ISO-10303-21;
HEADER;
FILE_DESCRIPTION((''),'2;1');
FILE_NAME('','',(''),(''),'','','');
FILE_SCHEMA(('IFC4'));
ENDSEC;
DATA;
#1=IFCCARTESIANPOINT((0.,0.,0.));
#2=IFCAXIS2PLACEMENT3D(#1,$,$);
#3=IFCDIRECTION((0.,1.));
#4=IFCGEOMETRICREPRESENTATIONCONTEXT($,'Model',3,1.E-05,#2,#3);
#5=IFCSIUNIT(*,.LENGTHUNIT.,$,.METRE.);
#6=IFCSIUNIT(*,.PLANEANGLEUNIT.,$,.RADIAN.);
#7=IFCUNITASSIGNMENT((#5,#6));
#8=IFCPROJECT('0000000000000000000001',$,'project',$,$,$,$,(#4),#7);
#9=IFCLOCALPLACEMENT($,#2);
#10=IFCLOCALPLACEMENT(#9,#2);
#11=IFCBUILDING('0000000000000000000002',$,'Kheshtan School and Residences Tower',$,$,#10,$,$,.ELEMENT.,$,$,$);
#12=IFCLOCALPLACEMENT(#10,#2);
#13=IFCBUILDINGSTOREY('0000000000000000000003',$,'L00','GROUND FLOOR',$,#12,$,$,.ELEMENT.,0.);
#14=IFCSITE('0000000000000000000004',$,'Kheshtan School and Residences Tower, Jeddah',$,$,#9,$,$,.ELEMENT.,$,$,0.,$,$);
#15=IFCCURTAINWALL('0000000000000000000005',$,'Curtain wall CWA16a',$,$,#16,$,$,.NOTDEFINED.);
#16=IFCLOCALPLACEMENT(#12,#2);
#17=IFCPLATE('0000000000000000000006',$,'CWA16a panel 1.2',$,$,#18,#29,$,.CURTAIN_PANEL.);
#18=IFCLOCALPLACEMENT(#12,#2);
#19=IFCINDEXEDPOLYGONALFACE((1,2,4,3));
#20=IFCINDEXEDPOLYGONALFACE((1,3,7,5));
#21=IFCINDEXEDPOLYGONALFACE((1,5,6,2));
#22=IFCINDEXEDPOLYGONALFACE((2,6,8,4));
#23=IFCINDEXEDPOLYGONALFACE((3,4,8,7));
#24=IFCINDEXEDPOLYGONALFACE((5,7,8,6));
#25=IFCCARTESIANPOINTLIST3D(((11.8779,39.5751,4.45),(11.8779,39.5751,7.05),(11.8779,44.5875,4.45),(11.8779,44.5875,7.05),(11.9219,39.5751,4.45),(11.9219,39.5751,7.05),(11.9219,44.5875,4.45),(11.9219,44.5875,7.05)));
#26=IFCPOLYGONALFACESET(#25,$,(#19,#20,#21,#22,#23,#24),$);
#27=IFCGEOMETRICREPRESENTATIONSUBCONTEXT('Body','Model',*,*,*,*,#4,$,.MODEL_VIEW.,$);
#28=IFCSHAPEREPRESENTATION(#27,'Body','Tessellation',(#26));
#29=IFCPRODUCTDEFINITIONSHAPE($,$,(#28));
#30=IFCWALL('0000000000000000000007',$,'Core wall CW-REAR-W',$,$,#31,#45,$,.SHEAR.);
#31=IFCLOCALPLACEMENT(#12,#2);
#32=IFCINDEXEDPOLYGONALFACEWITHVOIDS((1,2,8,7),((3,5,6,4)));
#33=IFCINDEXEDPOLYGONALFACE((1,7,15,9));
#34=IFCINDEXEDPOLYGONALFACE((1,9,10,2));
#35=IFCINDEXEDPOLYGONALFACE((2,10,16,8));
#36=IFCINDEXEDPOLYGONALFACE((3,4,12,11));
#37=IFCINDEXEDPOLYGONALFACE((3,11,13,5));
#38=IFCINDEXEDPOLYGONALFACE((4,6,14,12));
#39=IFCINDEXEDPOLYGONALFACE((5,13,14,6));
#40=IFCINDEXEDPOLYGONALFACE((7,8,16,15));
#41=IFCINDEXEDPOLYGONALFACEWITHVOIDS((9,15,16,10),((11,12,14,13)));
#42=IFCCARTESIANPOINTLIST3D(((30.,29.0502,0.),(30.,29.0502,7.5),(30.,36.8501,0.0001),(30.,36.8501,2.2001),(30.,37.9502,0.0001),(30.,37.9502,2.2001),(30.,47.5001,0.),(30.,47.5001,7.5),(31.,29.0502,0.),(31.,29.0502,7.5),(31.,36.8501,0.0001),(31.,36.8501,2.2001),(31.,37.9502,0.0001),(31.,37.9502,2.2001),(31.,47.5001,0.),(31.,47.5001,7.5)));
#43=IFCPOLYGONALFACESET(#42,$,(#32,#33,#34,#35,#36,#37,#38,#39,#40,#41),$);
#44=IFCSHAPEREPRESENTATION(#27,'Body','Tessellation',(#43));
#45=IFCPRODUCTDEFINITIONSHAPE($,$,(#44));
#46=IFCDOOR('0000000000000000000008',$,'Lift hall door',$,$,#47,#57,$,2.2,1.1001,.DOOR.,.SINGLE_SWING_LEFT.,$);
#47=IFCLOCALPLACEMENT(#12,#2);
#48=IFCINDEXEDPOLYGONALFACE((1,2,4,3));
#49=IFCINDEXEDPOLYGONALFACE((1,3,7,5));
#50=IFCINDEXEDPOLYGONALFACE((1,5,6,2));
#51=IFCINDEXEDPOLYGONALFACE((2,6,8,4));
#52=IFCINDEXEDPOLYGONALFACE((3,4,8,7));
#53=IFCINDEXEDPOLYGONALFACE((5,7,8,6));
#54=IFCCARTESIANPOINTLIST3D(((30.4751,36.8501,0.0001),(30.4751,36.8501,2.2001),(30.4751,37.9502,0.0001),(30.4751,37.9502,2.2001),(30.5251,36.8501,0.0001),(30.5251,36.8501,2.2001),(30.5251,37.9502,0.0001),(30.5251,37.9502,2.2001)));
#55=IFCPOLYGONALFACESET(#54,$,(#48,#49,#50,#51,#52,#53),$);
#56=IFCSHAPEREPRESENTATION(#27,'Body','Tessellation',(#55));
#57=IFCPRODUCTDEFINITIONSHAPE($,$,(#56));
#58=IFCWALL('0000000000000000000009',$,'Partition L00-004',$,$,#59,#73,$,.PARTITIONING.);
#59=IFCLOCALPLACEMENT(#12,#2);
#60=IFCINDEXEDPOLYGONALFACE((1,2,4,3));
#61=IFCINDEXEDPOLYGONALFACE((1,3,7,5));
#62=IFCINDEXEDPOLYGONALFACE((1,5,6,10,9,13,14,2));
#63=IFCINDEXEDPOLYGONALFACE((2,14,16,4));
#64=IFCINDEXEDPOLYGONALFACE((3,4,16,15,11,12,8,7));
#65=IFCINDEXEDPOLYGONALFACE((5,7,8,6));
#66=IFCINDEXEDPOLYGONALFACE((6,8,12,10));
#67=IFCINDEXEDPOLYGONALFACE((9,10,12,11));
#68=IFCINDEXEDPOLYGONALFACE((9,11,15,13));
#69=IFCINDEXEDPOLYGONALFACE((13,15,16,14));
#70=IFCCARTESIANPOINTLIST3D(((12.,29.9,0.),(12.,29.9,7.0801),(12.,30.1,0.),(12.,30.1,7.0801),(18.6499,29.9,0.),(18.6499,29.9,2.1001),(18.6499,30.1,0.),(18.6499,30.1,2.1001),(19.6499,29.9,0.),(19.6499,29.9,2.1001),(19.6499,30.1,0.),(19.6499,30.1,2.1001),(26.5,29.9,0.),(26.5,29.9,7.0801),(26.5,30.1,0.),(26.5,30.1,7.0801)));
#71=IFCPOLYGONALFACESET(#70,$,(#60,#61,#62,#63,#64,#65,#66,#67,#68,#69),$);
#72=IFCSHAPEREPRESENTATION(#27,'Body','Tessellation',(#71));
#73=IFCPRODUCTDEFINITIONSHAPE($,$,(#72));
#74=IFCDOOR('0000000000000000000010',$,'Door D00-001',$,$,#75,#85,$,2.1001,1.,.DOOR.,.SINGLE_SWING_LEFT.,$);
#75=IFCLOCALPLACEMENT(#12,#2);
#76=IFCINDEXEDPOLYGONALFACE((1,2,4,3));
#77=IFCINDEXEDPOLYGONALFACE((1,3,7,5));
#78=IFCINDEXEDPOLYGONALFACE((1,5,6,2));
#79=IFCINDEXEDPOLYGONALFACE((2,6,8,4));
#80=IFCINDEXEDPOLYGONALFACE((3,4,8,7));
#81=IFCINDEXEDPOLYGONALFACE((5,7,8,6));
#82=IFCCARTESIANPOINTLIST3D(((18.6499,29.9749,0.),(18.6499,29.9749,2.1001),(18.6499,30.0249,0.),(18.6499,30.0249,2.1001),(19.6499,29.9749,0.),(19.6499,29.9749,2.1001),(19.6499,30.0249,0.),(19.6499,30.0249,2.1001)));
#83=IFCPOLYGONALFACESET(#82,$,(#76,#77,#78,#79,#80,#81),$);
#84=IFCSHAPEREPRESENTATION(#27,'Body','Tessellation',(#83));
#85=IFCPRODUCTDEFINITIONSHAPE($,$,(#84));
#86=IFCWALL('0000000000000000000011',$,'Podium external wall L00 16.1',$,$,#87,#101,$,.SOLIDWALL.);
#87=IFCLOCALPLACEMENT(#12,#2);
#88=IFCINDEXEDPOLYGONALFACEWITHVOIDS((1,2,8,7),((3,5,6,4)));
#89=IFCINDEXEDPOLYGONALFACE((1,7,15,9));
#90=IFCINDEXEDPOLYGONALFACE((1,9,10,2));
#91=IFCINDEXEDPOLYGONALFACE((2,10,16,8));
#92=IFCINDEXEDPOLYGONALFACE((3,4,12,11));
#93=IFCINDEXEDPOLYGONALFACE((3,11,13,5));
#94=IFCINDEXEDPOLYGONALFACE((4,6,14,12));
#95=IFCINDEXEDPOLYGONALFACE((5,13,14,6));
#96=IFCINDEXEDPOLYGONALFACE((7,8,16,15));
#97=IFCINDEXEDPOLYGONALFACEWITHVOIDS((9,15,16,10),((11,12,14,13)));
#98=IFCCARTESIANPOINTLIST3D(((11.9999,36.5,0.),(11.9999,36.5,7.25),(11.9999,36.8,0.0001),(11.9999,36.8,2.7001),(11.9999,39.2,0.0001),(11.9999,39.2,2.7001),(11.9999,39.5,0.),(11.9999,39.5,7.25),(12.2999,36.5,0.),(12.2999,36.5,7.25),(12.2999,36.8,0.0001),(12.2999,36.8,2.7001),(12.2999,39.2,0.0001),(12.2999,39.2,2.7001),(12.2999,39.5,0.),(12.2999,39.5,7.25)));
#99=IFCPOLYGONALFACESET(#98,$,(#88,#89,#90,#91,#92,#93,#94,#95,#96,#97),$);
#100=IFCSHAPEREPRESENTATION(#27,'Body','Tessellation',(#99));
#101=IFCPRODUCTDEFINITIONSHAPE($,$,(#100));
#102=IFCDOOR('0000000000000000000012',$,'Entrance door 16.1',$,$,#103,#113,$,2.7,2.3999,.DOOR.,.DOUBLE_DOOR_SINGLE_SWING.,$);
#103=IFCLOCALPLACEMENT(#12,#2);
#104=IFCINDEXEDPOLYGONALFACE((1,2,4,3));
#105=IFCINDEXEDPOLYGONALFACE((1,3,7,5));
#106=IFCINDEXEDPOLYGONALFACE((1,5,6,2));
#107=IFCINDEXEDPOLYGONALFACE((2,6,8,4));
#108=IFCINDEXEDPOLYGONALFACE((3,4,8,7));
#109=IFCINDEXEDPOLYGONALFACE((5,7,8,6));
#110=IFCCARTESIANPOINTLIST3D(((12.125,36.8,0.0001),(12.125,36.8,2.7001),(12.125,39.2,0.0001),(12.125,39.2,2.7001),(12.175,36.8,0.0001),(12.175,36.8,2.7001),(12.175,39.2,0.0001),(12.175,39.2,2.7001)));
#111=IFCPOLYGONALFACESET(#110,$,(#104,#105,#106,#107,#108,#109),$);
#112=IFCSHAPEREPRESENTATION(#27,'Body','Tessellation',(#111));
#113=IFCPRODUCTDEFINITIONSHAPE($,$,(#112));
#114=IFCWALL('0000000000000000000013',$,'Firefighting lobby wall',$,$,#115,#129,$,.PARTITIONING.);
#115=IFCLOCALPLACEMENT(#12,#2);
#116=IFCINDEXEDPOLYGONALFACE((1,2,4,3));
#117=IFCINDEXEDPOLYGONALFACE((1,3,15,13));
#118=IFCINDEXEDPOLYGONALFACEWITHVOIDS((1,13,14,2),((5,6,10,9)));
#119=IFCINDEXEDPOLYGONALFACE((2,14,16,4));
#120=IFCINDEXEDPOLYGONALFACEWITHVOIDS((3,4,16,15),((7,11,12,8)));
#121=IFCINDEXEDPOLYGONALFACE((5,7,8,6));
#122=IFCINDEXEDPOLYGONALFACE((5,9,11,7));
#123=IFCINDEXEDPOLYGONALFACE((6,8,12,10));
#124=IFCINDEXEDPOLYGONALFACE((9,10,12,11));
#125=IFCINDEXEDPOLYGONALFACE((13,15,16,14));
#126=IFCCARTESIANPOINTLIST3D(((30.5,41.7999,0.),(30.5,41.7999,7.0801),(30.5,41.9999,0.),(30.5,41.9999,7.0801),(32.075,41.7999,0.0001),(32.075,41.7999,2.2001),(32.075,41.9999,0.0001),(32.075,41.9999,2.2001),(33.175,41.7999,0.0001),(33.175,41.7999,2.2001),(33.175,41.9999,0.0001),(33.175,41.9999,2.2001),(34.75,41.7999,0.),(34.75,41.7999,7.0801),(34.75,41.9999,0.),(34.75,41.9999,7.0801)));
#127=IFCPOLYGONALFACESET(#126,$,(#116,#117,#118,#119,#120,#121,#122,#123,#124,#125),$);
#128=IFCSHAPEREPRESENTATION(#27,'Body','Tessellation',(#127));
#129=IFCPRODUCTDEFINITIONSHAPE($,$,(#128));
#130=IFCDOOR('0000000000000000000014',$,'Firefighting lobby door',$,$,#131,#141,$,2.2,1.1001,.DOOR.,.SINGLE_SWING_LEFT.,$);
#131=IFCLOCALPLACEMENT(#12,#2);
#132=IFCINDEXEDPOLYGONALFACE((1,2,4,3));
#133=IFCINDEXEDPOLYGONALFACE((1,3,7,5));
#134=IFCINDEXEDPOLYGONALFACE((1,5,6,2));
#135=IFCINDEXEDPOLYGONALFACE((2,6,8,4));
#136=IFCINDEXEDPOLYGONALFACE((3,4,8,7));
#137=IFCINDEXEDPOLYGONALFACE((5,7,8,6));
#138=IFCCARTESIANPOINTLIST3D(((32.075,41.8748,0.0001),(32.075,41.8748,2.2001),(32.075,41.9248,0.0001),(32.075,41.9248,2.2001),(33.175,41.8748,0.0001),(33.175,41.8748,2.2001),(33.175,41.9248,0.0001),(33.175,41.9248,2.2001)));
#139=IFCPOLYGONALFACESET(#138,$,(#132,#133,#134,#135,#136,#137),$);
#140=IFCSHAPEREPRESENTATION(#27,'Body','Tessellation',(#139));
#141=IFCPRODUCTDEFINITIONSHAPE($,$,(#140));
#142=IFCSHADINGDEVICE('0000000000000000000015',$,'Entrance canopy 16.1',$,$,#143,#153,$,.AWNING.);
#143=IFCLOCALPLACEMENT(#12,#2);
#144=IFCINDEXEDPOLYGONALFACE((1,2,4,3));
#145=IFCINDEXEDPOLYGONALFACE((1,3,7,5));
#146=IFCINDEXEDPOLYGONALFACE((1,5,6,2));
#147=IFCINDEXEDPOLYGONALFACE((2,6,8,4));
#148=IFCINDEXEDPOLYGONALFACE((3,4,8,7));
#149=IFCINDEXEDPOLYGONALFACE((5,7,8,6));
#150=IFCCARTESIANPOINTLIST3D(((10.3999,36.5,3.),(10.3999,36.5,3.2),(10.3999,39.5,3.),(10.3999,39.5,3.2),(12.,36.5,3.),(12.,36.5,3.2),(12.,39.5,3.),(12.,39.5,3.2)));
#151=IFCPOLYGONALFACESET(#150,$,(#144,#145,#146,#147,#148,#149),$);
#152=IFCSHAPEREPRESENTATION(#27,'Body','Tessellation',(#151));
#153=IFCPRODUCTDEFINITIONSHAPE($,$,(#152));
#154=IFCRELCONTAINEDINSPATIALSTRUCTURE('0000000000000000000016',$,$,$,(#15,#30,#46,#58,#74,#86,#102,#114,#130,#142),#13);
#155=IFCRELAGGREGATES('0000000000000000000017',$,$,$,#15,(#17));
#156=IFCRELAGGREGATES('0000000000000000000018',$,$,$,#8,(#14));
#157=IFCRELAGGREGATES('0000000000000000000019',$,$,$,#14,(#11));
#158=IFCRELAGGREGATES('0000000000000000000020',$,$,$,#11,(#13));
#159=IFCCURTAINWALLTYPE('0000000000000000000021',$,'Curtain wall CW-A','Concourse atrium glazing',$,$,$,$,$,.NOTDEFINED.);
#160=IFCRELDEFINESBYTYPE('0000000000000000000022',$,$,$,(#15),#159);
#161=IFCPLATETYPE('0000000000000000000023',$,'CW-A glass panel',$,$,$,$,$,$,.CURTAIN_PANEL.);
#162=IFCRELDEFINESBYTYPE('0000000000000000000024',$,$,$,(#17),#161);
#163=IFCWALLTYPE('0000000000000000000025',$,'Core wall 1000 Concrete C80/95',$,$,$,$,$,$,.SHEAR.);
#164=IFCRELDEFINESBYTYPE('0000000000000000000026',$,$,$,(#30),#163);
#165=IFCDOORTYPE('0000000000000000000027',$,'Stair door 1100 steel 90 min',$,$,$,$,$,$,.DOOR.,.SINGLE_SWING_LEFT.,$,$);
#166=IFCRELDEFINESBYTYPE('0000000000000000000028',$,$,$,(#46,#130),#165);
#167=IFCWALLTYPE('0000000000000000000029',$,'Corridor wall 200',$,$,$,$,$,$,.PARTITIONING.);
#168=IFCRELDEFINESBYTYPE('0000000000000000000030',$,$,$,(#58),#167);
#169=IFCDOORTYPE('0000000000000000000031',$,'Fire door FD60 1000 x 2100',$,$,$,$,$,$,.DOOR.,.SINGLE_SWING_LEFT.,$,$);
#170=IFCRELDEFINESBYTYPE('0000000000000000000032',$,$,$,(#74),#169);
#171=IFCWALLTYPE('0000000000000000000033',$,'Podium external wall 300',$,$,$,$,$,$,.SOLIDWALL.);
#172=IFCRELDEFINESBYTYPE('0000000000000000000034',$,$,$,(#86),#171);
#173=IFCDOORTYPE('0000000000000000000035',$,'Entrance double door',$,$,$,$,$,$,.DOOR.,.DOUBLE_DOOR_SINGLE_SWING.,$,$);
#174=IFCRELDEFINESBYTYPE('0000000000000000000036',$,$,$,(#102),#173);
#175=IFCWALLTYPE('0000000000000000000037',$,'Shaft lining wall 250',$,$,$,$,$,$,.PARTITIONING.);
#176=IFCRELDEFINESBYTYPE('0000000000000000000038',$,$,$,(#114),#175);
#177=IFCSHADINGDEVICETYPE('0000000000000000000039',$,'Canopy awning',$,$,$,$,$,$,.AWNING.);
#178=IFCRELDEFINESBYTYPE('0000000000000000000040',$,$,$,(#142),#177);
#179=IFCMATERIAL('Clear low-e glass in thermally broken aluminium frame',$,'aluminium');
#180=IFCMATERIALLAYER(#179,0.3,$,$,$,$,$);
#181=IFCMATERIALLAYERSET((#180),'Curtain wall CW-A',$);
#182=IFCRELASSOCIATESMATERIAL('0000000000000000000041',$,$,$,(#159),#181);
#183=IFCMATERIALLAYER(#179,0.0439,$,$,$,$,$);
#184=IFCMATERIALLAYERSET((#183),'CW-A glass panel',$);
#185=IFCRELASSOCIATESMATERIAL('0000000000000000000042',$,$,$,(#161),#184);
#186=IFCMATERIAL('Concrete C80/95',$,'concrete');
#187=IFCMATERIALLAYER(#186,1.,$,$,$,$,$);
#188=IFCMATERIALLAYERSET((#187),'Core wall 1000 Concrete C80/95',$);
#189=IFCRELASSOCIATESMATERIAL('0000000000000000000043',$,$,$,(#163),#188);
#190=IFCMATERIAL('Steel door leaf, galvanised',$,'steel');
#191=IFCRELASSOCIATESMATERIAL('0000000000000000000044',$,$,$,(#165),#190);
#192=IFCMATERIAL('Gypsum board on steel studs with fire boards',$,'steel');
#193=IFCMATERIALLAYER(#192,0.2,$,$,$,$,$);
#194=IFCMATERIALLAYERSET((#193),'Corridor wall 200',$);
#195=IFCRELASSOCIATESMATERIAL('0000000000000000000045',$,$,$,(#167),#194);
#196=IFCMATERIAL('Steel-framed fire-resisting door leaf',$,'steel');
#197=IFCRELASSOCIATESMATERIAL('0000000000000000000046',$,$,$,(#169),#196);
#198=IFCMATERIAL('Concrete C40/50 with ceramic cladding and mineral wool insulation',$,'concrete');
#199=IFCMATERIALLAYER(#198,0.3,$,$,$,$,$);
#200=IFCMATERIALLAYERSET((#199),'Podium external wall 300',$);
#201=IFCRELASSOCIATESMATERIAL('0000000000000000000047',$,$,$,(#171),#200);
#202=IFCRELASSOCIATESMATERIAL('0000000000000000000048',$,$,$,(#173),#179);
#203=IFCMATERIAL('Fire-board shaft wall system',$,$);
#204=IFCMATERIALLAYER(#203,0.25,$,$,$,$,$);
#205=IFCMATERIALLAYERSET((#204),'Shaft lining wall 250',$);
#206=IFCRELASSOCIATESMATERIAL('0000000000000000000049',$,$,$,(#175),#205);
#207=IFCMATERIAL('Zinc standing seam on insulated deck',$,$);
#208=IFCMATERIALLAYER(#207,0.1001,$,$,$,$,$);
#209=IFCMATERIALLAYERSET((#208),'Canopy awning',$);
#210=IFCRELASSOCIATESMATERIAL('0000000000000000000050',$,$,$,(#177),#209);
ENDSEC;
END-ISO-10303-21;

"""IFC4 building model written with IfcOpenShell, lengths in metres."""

from ifc_helpers import new_model, si_unit, direction, frame, frame_2d, origin, origin_2d, place, context, subcontext, project, spatial, rectangle, extrude, source, transform, mapped, material, layer, layer_set, type_object, element, fill, aggregate, save


model = new_model("IFC4")

# Units and contexts
model_context = context("Model", 3, precision=1e-05, world=origin(), true_north=direction((0.0, 1.0)))
body_context = subcontext(model_context, "Body", "Model", "MODEL_VIEW")
ifc_project = project(units=[si_unit("LENGTHUNIT", "METRE"), si_unit("PLANEANGLEUNIT", "RADIAN")], contexts=[model_context])

# Site, building, storey
site_placement = place(None, origin())
site = spatial("IfcSite", under=ifc_project, at=site_placement, Name="Kheshtan School and Residences Tower, Jeddah", CompositionType="ELEMENT", RefElevation=0.0)
building_placement = place(site_placement, origin())
building = spatial("IfcBuilding", under=site, at=building_placement, Name="Kheshtan School and Residences Tower", CompositionType="ELEMENT")
storey_placement = place(building_placement, origin())
storey = spatial("IfcBuildingStorey", under=building, at=storey_placement, Name="L00", Description="GROUND FLOOR", CompositionType="ELEMENT", Elevation=0.0)

# Curtain wall
ifc_material_1 = material(Name="Clear low-e glass in thermally broken aluminium frame", Category="aluminium")
ifc_layer_1 = layer(ifc_material_1, 0.3)
ifc_layer_set_1 = layer_set([ifc_layer_1], Name="Curtain wall CW-A")
curtain_wall_type = type_object("IfcCurtainWallType", Name="Curtain wall CW-A", Description="Concourse atrium glazing", PredefinedType="NOTDEFINED", material=ifc_layer_set_1)
curtain_wall_1_placement = place(storey_placement, origin())
curtain_wall_1 = element("IfcCurtainWall", 1, at=curtain_wall_1_placement, inside=storey, type_object=curtain_wall_type, Name="Curtain wall CWA16a", PredefinedType="NOTDEFINED")

# Plate
ifc_layer_2 = layer(ifc_material_1, 0.0439)
ifc_layer_set_2 = layer_set([ifc_layer_2], Name="CW-A glass panel")
plate_type = type_object("IfcPlateType", Name="CW-A glass panel", PredefinedType="CURTAIN_PANEL", material=ifc_layer_set_2)
plate_1_placement = place(storey_placement, frame((11.8999, 42.0813, 4.45), z_axis=(0.0, 0.0, 1.0), x_axis=(0.0, 1.0, 0.0)))
plate_1 = element("IfcPlate", 2, at=plate_1_placement, type_object=plate_type, Name="CWA16a panel 1.2", PredefinedType="CURTAIN_PANEL", context=body_context, shape_type="SweptSolid", body=[
    extrude(rectangle(XDim=5.0125, YDim=0.0439, at=origin_2d()), origin(), (0.0, 0.0, 1.0), 2.6001),
])
aggregate(curtain_wall_1, [plate_1])

# Walls, openings, doors
ifc_material_2 = material(Name="Concrete C80/95", Category="concrete")
ifc_layer_3 = layer(ifc_material_2, 1.0)
ifc_layer_set_3 = layer_set([ifc_layer_3], Name="Core wall 1000 Concrete C80/95")
wall_type_1 = type_object("IfcWallType", Name="Core wall 1000 Concrete C80/95", PredefinedType="SHEAR", material=ifc_layer_set_3)
wall_1_placement = place(storey_placement, frame((30.5, 29.05, 0.0), z_axis=(0.0, 0.0, 1.0), x_axis=(0.0, 1.0, 0.0)))
wall_1 = element("IfcWall", 3, at=wall_1_placement, inside=storey, type_object=wall_type_1, Name="Core wall CW-REAR-W", PredefinedType="SHEAR", context=body_context, shape_type="SweptSolid", body=[
    extrude(rectangle(XDim=18.45, YDim=1.0, at=frame_2d((9.2251, 0.0))), origin(), (0.0, 0.0, 1.0), 7.5),
])
opening_1_placement = place(wall_1_placement, frame((7.8, 0.0, 0.0)))
opening_1 = element("IfcOpeningElement", 4, at=opening_1_placement, cuts=wall_1, PredefinedType="OPENING", context=body_context, shape_type="SweptSolid", body=[
    extrude(rectangle(XDim=1.1001, YDim=2.2, at=frame_2d((0.55, 1.1001))), frame((0.0, 0.51, 0.0), z_axis=(0.0, -1.0, 0.0), x_axis=(1.0, 0.0, 0.0)), (0.0, 0.0, 1.0), 1.02),
])
ifc_material_3 = material(Name="Steel door leaf, galvanised", Category="steel")
door_type_1 = type_object("IfcDoorType", Name="Stair door 1100 steel 90 min", OperationType="SINGLE_SWING_LEFT", PredefinedType="DOOR", material=ifc_material_3)
shared_shape_1 = source(origin(), body_context, "Body", "SweptSolid", [
    extrude(rectangle(XDim=1.1001, YDim=2.2, at=frame_2d((0.55, 1.1001))), frame((0.0, 0.0249, 0.0), z_axis=(0.0, -1.0, 0.0), x_axis=(1.0, 0.0, 0.0)), (0.0, 0.0, 1.0), 0.05),
])
door_1_placement = place(opening_1_placement, origin())
door_1 = element("IfcDoor", 5, at=door_1_placement, inside=storey, type_object=door_type_1, Name="Lift hall door", OperationType="SINGLE_SWING_LEFT", OverallHeight=2.2, OverallWidth=1.1001, PredefinedType="DOOR", context=body_context, shape_type="MappedRepresentation", body=[
    mapped(shared_shape_1, transform((0.0, 0.0, 0.0), x_axis=(1.0, 0.0, 0.0), y_axis=(0.0, 1.0, 0.0), z_axis=(0.0, 0.0, 1.0), scale=1.0)),
])
fill(opening_1, door_1)
ifc_material_4 = material(Name="Gypsum board on steel studs with fire boards", Category="steel")
ifc_layer_4 = layer(ifc_material_4, 0.2)
ifc_layer_set_4 = layer_set([ifc_layer_4], Name="Corridor wall 200")
wall_type_2 = type_object("IfcWallType", Name="Corridor wall 200", PredefinedType="PARTITIONING", material=ifc_layer_set_4)
wall_2_placement = place(storey_placement, frame((12.0, 30.0, 0.0), z_axis=(0.0, 0.0, 1.0), x_axis=(1.0, 0.0, 0.0)))
wall_2 = element("IfcWall", 6, at=wall_2_placement, inside=storey, type_object=wall_type_2, Name="Partition L00-004", PredefinedType="PARTITIONING", context=body_context, shape_type="SweptSolid", body=[
    extrude(rectangle(XDim=14.5, YDim=0.2, at=frame_2d((7.25, 0.0))), origin(), (0.0, 0.0, 1.0), 7.0801),
])
opening_2_placement = place(wall_2_placement, frame((6.6499, 0.0, 0.0)))
opening_2 = element("IfcOpeningElement", 7, at=opening_2_placement, cuts=wall_2, PredefinedType="OPENING", context=body_context, shape_type="SweptSolid", body=[
    extrude(rectangle(XDim=1.0, YDim=2.1001, at=frame_2d((0.5, 1.05))), frame((0.0, 0.1099, 0.0), z_axis=(0.0, -1.0, 0.0), x_axis=(1.0, 0.0, 0.0)), (0.0, 0.0, 1.0), 0.22),
])
ifc_material_5 = material(Name="Steel-framed fire-resisting door leaf", Category="steel")
door_type_2 = type_object("IfcDoorType", Name="Fire door FD60 1000 x 2100", OperationType="SINGLE_SWING_LEFT", PredefinedType="DOOR", material=ifc_material_5)
shared_shape_2 = source(origin(), body_context, "Body", "SweptSolid", [
    extrude(rectangle(XDim=1.0, YDim=2.1001, at=frame_2d((0.5, 1.05))), frame((0.0, 0.0249, 0.0), z_axis=(0.0, -1.0, 0.0), x_axis=(1.0, 0.0, 0.0)), (0.0, 0.0, 1.0), 0.05),
])
door_2_placement = place(opening_2_placement, origin())
door_2 = element("IfcDoor", 8, at=door_2_placement, inside=storey, type_object=door_type_2, Name="Door D00-001", OperationType="SINGLE_SWING_LEFT", OverallHeight=2.1001, OverallWidth=1.0, PredefinedType="DOOR", context=body_context, shape_type="MappedRepresentation", body=[
    mapped(shared_shape_2, transform((0.0, 0.0, 0.0), x_axis=(1.0, 0.0, 0.0), y_axis=(0.0, 1.0, 0.0), z_axis=(0.0, 0.0, 1.0), scale=1.0)),
])
fill(opening_2, door_2)
ifc_material_6 = material(Name="Concrete C40/50 with ceramic cladding and mineral wool insulation", Category="concrete")
ifc_layer_5 = layer(ifc_material_6, 0.3)
ifc_layer_set_5 = layer_set([ifc_layer_5], Name="Podium external wall 300")
wall_type_3 = type_object("IfcWallType", Name="Podium external wall 300", PredefinedType="SOLIDWALL", material=ifc_layer_set_5)
wall_3_placement = place(storey_placement, frame((12.1499, 36.5, 0.0), z_axis=(0.0, 0.0, 1.0), x_axis=(0.0, 1.0, 0.0)))
wall_3 = element("IfcWall", 9, at=wall_3_placement, inside=storey, type_object=wall_type_3, Name="Podium external wall L00 16.1", PredefinedType="SOLIDWALL", context=body_context, shape_type="SweptSolid", body=[
    extrude(rectangle(XDim=3.0, YDim=0.3, at=frame_2d((1.5, 0.0))), origin(), (0.0, 0.0, 1.0), 7.25),
])
opening_3_placement = place(wall_3_placement, frame((0.3, 0.0, 0.0)))
opening_3 = element("IfcOpeningElement", 10, at=opening_3_placement, cuts=wall_3, PredefinedType="OPENING", context=body_context, shape_type="SweptSolid", body=[
    extrude(rectangle(XDim=2.3999, YDim=2.7, at=frame_2d((1.2, 1.3501))), frame((0.0, 0.1602, 0.0), z_axis=(0.0, -1.0, 0.0), x_axis=(1.0, 0.0, 0.0)), (0.0, 0.0, 1.0), 0.3201),
])
door_type_3 = type_object("IfcDoorType", Name="Entrance double door", OperationType="DOUBLE_DOOR_SINGLE_SWING", PredefinedType="DOOR", material=ifc_material_1)
shared_shape_3 = source(origin(), body_context, "Body", "SweptSolid", [
    extrude(rectangle(XDim=2.3999, YDim=2.7, at=frame_2d((1.2, 1.3501))), frame((0.0, 0.0249, 0.0), z_axis=(0.0, -1.0, 0.0), x_axis=(1.0, 0.0, 0.0)), (0.0, 0.0, 1.0), 0.05),
])
door_3_placement = place(opening_3_placement, origin())
door_3 = element("IfcDoor", 11, at=door_3_placement, inside=storey, type_object=door_type_3, Name="Entrance door 16.1", OperationType="DOUBLE_DOOR_SINGLE_SWING", OverallHeight=2.7, OverallWidth=2.3999, PredefinedType="DOOR", context=body_context, shape_type="MappedRepresentation", body=[
    mapped(shared_shape_3, transform((0.0, 0.0, 0.0), x_axis=(1.0, 0.0, 0.0), y_axis=(0.0, 1.0, 0.0), z_axis=(0.0, 0.0, 1.0), scale=1.0)),
])
fill(opening_3, door_3)
ifc_material_7 = material(Name="Fire-board shaft wall system")
ifc_layer_6 = layer(ifc_material_7, 0.25)
ifc_layer_set_6 = layer_set([ifc_layer_6], Name="Shaft lining wall 250")
wall_type_4 = type_object("IfcWallType", Name="Shaft lining wall 250", PredefinedType="PARTITIONING", material=ifc_layer_set_6)
wall_4_placement = place(storey_placement, frame((30.5, 41.8999, 0.0), z_axis=(0.0, 0.0, 1.0), x_axis=(1.0, 0.0, 0.0)))
wall_4 = element("IfcWall", 12, at=wall_4_placement, inside=storey, type_object=wall_type_4, Name="Firefighting lobby wall", PredefinedType="PARTITIONING", context=body_context, shape_type="SweptSolid", body=[
    extrude(rectangle(XDim=4.25, YDim=0.2, at=frame_2d((2.125, 0.0))), origin(), (0.0, 0.0, 1.0), 7.0801),
])
opening_4_placement = place(wall_4_placement, frame((1.575, 0.0, 0.0)))
opening_4 = element("IfcOpeningElement", 13, at=opening_4_placement, cuts=wall_4, PredefinedType="OPENING", context=body_context, shape_type="SweptSolid", body=[
    extrude(rectangle(XDim=1.1001, YDim=2.2, at=frame_2d((0.55, 1.1001))), frame((0.0, 0.1099, 0.0), z_axis=(0.0, -1.0, 0.0), x_axis=(1.0, 0.0, 0.0)), (0.0, 0.0, 1.0), 0.22),
])
door_4_placement = place(opening_4_placement, origin())
door_4 = element("IfcDoor", 14, at=door_4_placement, inside=storey, type_object=door_type_1, Name="Firefighting lobby door", OperationType="SINGLE_SWING_LEFT", OverallHeight=2.2, OverallWidth=1.1001, PredefinedType="DOOR", context=body_context, shape_type="MappedRepresentation", body=[
    mapped(shared_shape_1, transform((0.0, 0.0, 0.0), x_axis=(1.0, 0.0, 0.0), y_axis=(0.0, 1.0, 0.0), z_axis=(0.0, 0.0, 1.0), scale=1.0)),
])
fill(opening_4, door_4)

# Shading device
ifc_material_8 = material(Name="Zinc standing seam on insulated deck")
ifc_layer_7 = layer(ifc_material_8, 0.1001)
ifc_layer_set_7 = layer_set([ifc_layer_7], Name="Canopy awning")
shading_device_type = type_object("IfcShadingDeviceType", Name="Canopy awning", PredefinedType="AWNING", material=ifc_layer_set_7)
shading_device_placement = place(storey_placement, frame((11.2, 38.0, 3.0), z_axis=(0.0, 0.0, 1.0), x_axis=(0.0, 1.0, 0.0)))
element("IfcShadingDevice", 15, at=shading_device_placement, inside=storey, type_object=shading_device_type, Name="Entrance canopy 16.1", PredefinedType="AWNING", context=body_context, shape_type="SweptSolid", body=[
    extrude(rectangle(XDim=3.0, YDim=1.6001, at=origin_2d()), origin(), (0.0, 0.0, 1.0), 0.2),
])

save(model, "model.ifc")
